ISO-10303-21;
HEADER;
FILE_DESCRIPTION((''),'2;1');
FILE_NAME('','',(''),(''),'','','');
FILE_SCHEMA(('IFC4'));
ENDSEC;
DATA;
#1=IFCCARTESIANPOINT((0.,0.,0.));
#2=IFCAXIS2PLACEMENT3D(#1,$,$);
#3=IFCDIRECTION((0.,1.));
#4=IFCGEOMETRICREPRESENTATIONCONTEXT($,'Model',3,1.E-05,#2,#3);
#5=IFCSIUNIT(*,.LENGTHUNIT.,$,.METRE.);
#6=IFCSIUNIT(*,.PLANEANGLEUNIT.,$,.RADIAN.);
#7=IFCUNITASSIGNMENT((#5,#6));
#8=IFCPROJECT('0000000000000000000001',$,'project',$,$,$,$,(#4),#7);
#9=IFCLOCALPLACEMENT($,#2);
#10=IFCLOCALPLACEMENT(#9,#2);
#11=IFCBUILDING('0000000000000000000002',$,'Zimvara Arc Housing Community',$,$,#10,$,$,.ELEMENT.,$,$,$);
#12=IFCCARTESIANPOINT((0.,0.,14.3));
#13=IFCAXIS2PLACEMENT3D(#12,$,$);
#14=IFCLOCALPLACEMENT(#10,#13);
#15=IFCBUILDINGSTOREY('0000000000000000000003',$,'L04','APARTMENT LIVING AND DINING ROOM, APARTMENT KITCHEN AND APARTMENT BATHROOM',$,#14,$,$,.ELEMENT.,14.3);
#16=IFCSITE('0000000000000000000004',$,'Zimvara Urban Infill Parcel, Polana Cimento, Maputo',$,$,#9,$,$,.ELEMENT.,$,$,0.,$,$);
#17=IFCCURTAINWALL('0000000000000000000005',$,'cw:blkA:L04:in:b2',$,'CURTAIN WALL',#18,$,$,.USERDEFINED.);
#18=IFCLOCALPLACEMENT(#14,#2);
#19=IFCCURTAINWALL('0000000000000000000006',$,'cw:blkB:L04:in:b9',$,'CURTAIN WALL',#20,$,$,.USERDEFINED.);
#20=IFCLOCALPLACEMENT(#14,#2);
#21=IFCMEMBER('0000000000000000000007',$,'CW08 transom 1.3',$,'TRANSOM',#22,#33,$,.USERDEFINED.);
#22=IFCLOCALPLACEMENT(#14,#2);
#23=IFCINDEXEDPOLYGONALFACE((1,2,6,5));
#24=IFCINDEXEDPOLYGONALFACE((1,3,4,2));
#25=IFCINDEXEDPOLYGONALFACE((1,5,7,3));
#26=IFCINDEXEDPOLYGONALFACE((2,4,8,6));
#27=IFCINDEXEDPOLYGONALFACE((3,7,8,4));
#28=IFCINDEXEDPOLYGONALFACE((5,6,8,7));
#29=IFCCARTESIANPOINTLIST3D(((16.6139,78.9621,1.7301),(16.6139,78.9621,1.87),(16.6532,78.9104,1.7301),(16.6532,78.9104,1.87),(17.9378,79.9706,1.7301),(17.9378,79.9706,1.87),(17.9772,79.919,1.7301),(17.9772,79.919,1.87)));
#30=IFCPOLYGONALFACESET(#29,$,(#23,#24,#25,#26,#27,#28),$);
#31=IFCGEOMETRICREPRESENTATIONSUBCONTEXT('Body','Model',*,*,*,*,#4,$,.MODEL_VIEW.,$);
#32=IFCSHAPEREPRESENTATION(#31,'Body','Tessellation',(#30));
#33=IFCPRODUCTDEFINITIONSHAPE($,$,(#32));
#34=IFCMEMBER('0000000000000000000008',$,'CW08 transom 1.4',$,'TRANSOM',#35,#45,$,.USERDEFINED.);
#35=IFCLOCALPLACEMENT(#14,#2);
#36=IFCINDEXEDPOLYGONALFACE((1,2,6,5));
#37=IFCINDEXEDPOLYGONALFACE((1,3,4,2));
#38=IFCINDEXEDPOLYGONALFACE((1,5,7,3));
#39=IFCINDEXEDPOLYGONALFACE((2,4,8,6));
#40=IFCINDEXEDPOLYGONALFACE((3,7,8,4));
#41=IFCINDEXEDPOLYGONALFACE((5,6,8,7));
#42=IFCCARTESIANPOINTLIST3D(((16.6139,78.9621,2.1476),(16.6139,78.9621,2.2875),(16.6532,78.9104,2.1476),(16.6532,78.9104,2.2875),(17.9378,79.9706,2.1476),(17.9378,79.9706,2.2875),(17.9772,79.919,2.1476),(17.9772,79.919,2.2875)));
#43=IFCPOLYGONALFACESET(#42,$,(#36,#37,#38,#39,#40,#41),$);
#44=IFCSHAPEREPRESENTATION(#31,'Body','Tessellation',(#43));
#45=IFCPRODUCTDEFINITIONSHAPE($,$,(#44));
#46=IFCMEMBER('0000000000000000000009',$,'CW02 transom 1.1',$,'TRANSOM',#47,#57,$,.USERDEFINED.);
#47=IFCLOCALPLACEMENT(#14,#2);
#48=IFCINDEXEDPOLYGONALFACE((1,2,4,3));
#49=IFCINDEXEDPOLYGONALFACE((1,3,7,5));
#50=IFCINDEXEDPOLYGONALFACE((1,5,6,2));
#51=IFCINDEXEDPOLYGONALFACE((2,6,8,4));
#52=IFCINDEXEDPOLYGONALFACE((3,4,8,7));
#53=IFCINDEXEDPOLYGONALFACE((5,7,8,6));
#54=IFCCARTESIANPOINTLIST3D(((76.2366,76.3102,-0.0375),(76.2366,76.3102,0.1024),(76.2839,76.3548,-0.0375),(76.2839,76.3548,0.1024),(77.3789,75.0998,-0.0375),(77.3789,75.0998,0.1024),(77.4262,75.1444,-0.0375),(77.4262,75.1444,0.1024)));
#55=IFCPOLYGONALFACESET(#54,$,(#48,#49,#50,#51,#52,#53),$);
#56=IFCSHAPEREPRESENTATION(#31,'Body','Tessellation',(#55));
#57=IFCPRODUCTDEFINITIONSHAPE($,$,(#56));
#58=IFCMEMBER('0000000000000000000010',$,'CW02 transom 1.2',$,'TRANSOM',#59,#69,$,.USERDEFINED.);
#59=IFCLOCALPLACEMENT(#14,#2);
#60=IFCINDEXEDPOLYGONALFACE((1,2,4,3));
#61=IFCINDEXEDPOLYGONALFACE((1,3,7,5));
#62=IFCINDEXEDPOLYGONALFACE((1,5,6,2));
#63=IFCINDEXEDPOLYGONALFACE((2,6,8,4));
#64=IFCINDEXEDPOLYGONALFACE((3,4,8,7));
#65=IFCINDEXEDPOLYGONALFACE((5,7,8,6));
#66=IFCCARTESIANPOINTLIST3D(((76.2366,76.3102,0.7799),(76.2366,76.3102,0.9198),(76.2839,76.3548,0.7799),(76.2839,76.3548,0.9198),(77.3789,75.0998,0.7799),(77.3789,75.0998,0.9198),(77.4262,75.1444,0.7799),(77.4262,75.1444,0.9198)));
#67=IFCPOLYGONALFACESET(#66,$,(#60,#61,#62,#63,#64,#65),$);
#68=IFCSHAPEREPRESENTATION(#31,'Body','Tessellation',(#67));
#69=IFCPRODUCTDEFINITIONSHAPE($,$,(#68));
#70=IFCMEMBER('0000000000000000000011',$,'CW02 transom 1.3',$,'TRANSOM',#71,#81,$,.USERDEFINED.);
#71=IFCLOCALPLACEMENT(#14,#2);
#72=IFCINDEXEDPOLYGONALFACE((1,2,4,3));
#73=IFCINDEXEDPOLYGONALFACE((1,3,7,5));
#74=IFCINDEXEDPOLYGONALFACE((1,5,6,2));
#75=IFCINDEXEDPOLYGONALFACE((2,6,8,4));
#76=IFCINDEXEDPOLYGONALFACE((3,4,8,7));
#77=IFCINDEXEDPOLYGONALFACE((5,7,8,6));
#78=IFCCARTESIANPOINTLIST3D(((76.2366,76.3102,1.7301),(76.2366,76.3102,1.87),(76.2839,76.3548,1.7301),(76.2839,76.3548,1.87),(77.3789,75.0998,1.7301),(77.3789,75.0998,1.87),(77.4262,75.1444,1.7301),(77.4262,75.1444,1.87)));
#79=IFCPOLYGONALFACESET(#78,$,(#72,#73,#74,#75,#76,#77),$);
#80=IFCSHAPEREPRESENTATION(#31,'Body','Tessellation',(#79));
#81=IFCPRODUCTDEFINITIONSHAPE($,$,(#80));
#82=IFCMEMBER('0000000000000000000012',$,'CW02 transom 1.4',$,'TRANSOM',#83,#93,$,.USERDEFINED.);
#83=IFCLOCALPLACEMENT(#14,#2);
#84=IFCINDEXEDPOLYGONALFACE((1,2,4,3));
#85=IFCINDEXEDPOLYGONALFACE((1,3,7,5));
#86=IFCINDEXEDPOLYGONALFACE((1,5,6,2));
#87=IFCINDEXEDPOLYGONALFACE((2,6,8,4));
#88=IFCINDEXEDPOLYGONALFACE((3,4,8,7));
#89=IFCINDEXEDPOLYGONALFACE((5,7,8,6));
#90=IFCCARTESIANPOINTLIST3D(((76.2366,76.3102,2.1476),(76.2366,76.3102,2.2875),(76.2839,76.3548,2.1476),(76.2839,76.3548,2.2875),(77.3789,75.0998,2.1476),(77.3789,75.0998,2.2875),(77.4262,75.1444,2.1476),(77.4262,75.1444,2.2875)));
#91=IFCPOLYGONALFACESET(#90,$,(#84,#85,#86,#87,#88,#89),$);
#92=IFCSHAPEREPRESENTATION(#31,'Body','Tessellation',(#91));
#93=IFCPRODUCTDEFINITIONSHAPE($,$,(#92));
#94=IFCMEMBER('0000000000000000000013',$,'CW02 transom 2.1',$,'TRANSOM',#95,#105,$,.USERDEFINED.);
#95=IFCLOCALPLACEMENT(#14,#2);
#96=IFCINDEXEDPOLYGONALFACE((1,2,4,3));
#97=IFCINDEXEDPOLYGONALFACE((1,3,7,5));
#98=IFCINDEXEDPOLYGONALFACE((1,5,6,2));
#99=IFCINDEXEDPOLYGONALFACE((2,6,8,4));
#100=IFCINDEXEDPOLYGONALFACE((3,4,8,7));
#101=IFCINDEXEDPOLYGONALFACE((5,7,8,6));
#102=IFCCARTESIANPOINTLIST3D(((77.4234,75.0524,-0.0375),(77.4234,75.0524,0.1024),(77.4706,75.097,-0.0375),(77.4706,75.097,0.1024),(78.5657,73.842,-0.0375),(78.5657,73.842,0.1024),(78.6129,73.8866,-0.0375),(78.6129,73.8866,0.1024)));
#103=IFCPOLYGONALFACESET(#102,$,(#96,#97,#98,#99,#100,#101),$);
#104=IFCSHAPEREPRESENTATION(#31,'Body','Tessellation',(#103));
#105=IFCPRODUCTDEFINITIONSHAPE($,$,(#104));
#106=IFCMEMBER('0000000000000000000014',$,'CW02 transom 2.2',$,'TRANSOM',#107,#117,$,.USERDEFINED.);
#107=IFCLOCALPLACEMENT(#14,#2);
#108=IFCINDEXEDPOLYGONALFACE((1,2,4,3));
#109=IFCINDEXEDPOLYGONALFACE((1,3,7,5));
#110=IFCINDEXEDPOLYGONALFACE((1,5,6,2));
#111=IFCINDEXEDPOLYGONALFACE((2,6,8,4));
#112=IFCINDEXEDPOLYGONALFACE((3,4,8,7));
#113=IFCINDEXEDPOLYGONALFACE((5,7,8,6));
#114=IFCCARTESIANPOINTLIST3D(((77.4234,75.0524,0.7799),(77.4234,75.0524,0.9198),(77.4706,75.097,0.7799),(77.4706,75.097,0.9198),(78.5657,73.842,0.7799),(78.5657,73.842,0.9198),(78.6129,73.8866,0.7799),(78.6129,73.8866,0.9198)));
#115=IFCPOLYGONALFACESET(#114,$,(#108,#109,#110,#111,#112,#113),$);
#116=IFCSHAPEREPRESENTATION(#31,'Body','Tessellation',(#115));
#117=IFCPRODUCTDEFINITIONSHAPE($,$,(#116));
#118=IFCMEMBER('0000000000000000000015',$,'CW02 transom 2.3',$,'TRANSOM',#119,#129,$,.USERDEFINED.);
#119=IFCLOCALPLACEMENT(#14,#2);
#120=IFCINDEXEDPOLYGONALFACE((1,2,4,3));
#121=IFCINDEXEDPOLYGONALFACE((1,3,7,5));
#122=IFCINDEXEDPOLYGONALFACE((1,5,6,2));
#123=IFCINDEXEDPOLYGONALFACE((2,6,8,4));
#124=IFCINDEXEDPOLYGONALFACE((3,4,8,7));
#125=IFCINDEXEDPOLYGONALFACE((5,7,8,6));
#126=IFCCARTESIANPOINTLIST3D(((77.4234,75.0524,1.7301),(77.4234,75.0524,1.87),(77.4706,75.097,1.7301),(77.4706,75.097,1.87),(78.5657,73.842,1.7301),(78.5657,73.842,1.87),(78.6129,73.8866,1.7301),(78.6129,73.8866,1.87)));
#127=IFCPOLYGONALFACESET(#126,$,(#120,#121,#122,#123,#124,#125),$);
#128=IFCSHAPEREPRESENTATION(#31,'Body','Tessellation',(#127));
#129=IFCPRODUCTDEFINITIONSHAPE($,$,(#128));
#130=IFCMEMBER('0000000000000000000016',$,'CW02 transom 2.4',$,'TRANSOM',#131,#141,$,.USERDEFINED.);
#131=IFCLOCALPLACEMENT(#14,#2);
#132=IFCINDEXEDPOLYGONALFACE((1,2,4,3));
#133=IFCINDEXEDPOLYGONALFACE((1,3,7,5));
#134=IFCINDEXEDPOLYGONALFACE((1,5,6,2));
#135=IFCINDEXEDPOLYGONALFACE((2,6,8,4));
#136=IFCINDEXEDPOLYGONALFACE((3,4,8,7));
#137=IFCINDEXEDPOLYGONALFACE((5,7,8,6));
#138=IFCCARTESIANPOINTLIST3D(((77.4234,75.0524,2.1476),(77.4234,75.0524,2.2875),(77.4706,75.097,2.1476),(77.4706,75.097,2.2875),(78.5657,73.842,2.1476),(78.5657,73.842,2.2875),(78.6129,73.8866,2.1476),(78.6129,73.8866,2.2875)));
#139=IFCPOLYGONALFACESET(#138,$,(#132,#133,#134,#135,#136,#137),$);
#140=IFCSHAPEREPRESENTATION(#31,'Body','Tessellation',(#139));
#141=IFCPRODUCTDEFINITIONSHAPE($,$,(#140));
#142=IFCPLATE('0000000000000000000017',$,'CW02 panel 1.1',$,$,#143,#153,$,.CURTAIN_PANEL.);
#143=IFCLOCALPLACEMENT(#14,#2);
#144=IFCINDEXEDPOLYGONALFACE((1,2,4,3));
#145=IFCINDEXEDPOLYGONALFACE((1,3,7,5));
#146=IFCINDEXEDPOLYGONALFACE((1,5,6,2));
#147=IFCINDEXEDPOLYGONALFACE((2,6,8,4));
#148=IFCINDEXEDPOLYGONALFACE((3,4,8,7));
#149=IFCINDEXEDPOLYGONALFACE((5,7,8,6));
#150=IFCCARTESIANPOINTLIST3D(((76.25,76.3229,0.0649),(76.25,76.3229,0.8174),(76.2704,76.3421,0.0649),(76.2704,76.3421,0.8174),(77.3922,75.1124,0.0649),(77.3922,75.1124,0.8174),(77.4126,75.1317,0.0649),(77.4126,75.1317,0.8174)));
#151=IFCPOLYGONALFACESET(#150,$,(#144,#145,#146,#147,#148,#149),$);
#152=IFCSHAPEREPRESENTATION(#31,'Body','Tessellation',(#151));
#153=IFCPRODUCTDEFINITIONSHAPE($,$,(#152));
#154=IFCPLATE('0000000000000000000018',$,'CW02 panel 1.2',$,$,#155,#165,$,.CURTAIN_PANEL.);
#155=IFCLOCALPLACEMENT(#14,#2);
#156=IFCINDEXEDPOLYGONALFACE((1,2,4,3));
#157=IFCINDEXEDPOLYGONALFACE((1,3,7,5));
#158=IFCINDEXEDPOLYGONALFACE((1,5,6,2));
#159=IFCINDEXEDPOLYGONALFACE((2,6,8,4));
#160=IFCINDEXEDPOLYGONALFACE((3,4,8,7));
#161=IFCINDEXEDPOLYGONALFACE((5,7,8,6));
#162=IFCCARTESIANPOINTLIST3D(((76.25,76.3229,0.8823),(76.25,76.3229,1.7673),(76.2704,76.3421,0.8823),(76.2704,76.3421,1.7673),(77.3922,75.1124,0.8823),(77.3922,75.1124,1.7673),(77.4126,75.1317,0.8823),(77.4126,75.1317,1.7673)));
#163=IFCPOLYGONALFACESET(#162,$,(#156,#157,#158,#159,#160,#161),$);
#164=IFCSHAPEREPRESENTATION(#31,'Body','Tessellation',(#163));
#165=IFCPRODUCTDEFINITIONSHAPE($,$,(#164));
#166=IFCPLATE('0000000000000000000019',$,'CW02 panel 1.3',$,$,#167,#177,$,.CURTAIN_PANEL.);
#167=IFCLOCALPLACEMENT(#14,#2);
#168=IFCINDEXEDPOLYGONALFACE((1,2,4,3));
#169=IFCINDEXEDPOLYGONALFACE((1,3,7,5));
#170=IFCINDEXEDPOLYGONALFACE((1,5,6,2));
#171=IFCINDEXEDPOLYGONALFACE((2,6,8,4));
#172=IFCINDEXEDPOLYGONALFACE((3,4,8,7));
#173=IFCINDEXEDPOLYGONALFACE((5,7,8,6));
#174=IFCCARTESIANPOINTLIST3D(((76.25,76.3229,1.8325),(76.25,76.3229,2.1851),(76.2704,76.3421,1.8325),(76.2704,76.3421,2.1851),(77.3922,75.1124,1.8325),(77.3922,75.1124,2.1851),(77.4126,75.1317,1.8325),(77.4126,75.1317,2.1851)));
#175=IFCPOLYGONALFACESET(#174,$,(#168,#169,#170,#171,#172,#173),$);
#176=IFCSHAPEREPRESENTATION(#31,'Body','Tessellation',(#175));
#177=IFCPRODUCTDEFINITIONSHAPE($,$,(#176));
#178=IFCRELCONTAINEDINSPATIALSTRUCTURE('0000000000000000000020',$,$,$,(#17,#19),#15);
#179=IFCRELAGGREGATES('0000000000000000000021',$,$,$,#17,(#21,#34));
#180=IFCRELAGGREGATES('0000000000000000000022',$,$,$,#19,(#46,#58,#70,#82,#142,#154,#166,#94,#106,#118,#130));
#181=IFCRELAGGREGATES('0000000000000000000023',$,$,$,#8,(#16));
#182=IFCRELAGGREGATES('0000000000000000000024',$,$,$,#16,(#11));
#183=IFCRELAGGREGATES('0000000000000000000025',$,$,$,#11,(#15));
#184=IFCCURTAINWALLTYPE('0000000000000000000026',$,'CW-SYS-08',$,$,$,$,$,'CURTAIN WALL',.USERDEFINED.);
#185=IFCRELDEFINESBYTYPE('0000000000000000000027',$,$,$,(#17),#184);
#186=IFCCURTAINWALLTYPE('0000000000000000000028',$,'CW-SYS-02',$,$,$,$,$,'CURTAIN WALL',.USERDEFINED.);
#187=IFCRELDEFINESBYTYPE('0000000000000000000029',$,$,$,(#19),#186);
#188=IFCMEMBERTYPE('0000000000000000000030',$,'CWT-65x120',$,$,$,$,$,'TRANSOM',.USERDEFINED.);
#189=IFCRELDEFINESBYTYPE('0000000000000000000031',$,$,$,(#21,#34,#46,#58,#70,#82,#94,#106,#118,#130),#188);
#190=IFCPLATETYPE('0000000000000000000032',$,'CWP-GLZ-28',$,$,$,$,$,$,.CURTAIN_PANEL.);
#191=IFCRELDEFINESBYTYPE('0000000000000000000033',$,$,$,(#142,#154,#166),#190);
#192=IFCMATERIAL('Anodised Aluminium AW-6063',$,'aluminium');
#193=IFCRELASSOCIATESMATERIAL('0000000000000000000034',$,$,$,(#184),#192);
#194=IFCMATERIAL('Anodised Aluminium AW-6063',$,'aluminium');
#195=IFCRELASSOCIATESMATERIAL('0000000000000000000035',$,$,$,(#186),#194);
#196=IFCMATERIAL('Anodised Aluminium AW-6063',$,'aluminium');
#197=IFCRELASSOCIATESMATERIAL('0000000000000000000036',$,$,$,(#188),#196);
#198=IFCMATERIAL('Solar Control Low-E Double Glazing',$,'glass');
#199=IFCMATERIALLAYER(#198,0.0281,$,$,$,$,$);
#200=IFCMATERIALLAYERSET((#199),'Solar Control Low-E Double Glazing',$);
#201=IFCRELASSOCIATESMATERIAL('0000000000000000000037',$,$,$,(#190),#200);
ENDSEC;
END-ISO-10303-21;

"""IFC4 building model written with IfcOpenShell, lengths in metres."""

from ifc_helpers import new_model, si_unit, direction, frame, origin, origin_2d, place, context, subcontext, project, spatial, rectangle, extrude, material, layer, layer_set, material_profile, profile_set, type_object, element, aggregate, save


model = new_model("IFC4")

# Units and contexts
model_context = context("Model", 3, precision=1e-05, world=origin(), true_north=direction((0.0, 1.0)))
body_context = subcontext(model_context, "Body", "Model", "MODEL_VIEW")
ifc_project = project(units=[si_unit("LENGTHUNIT", "METRE"), si_unit("PLANEANGLEUNIT", "RADIAN")], contexts=[model_context])

# Site, building, storey
site_placement = place(None, origin())
site = spatial("IfcSite", under=ifc_project, at=site_placement, Name="Zimvara Urban Infill Parcel, Polana Cimento, Maputo", CompositionType="ELEMENT", RefElevation=0.0)
building_placement = place(site_placement, origin())
building = spatial("IfcBuilding", under=site, at=building_placement, Name="Zimvara Arc Housing Community", CompositionType="ELEMENT")
storey_placement = place(building_placement, frame((0.0, 0.0, 14.3)))
storey = spatial("IfcBuildingStorey", under=building, at=storey_placement, Name="L04", Description="APARTMENT LIVING AND DINING ROOM, APARTMENT KITCHEN AND APARTMENT BATHROOM", CompositionType="ELEMENT", Elevation=14.3)

# Curtain wall
ifc_material_1 = material(Name="Anodised Aluminium AW-6063", Category="aluminium")
curtain_wall_type_1 = type_object("IfcCurtainWallType", Name="CW-SYS-08", ElementType="CURTAIN WALL", PredefinedType="USERDEFINED", material=ifc_material_1)
curtain_wall_1_placement = place(storey_placement, origin())
curtain_wall_1 = element("IfcCurtainWall", 1, at=curtain_wall_1_placement, inside=storey, type_object=curtain_wall_type_1, Name="cw:blkA:L04:in:b2", ObjectType="CURTAIN WALL", PredefinedType="USERDEFINED")

# Curtain wall
ifc_material_2 = material(Name="Anodised Aluminium AW-6063", Category="aluminium")
curtain_wall_type_2 = type_object("IfcCurtainWallType", Name="CW-SYS-02", ElementType="CURTAIN WALL", PredefinedType="USERDEFINED", material=ifc_material_2)
curtain_wall_2_placement = place(storey_placement, origin())
curtain_wall_2 = element("IfcCurtainWall", 2, at=curtain_wall_2_placement, inside=storey, type_object=curtain_wall_type_2, Name="cw:blkB:L04:in:b9", ObjectType="CURTAIN WALL", PredefinedType="USERDEFINED")

# Members
ifc_material_3 = material(Name="Anodised Aluminium AW-6063", Category="aluminium")
ifc_material_profile_1 = material_profile(ifc_material_3, rectangle(XDim=0.0649, YDim=0.1399, at=origin_2d()), Name="ALU 65x140")
ifc_profile_set_1 = profile_set([ifc_material_profile_1], Name="Anodised Aluminium AW-6063")
member_type_1 = type_object("IfcMemberType", Name="CWT-65x120", ElementType="TRANSOM", PredefinedType="USERDEFINED", material=ifc_profile_set_1)
member_1_placement = place(storey_placement, frame((16.6335, 78.9363, 1.8), z_axis=(0.795489, 0.605968, 0.0), x_axis=(-0.605968, 0.795489, 0.0)))
member_1 = element("IfcMember", 3, at=member_1_placement, type_object=member_type_1, Name="CW08 transom 1.3", ObjectType="TRANSOM", PredefinedType="USERDEFINED", context=body_context, shape_type="SweptSolid", body=[
    extrude(rectangle(XDim=0.0649, YDim=0.1399, at=origin_2d()), origin(), (0.0, 0.0, 1.0), 1.6643),
])
member_2_placement = place(storey_placement, frame((16.6335, 78.9363, 2.2175), z_axis=(0.795489, 0.605968, 0.0), x_axis=(-0.605968, 0.795489, 0.0)))
member_2 = element("IfcMember", 4, at=member_2_placement, type_object=member_type_1, Name="CW08 transom 1.4", ObjectType="TRANSOM", PredefinedType="USERDEFINED", context=body_context, shape_type="SweptSolid", body=[
    extrude(rectangle(XDim=0.0649, YDim=0.1399, at=origin_2d()), origin(), (0.0, 0.0, 1.0), 1.6643),
])
aggregate(curtain_wall_1, [member_1, member_2])
member_3_placement = place(storey_placement, frame((76.2603, 76.3325, 0.0325), z_axis=(0.686348, -0.727273, 0.0), x_axis=(0.727273, 0.686348, 0.0)))
member_3 = element("IfcMember", 5, at=member_3_placement, type_object=member_type_1, Name="CW02 transom 1.1", ObjectType="TRANSOM", PredefinedType="USERDEFINED", context=body_context, shape_type="SweptSolid", body=[
    extrude(rectangle(XDim=0.0649, YDim=0.1399, at=origin_2d()), origin(), (0.0, 0.0, 1.0), 1.6643),
])
member_4_placement = place(storey_placement, frame((76.2603, 76.3325, 0.8499), z_axis=(0.686348, -0.727273, 0.0), x_axis=(0.727273, 0.686348, 0.0)))
member_4 = element("IfcMember", 6, at=member_4_placement, type_object=member_type_1, Name="CW02 transom 1.2", ObjectType="TRANSOM", PredefinedType="USERDEFINED", context=body_context, shape_type="SweptSolid", body=[
    extrude(rectangle(XDim=0.0649, YDim=0.1399, at=origin_2d()), origin(), (0.0, 0.0, 1.0), 1.6643),
])
member_5_placement = place(storey_placement, frame((76.2603, 76.3325, 1.8), z_axis=(0.686348, -0.727273, 0.0), x_axis=(0.727273, 0.686348, 0.0)))
member_5 = element("IfcMember", 7, at=member_5_placement, type_object=member_type_1, Name="CW02 transom 1.3", ObjectType="TRANSOM", PredefinedType="USERDEFINED", context=body_context, shape_type="SweptSolid", body=[
    extrude(rectangle(XDim=0.0649, YDim=0.1399, at=origin_2d()), origin(), (0.0, 0.0, 1.0), 1.6643),
])
member_6_placement = place(storey_placement, frame((76.2603, 76.3325, 2.2175), z_axis=(0.686348, -0.727273, 0.0), x_axis=(0.727273, 0.686348, 0.0)))
member_6 = element("IfcMember", 8, at=member_6_placement, type_object=member_type_1, Name="CW02 transom 1.4", ObjectType="TRANSOM", PredefinedType="USERDEFINED", context=body_context, shape_type="SweptSolid", body=[
    extrude(rectangle(XDim=0.0649, YDim=0.1399, at=origin_2d()), origin(), (0.0, 0.0, 1.0), 1.6643),
])
member_7_placement = place(storey_placement, frame((77.447, 75.0747, 0.0325), z_axis=(0.686348, -0.727273, 0.0), x_axis=(0.727273, 0.686348, 0.0)))
member_7 = element("IfcMember", 9, at=member_7_placement, type_object=member_type_1, Name="CW02 transom 2.1", ObjectType="TRANSOM", PredefinedType="USERDEFINED", context=body_context, shape_type="SweptSolid", body=[
    extrude(rectangle(XDim=0.0649, YDim=0.1399, at=origin_2d()), origin(), (0.0, 0.0, 1.0), 1.6643),
])
member_8_placement = place(storey_placement, frame((77.447, 75.0747, 0.8499), z_axis=(0.686348, -0.727273, 0.0), x_axis=(0.727273, 0.686348, 0.0)))
member_8 = element("IfcMember", 10, at=member_8_placement, type_object=member_type_1, Name="CW02 transom 2.2", ObjectType="TRANSOM", PredefinedType="USERDEFINED", context=body_context, shape_type="SweptSolid", body=[
    extrude(rectangle(XDim=0.0649, YDim=0.1399, at=origin_2d()), origin(), (0.0, 0.0, 1.0), 1.6643),
])
member_9_placement = place(storey_placement, frame((77.447, 75.0747, 1.8), z_axis=(0.686348, -0.727273, 0.0), x_axis=(0.727273, 0.686348, 0.0)))
member_9 = element("IfcMember", 11, at=member_9_placement, type_object=member_type_1, Name="CW02 transom 2.3", ObjectType="TRANSOM", PredefinedType="USERDEFINED", context=body_context, shape_type="SweptSolid", body=[
    extrude(rectangle(XDim=0.0649, YDim=0.1399, at=origin_2d()), origin(), (0.0, 0.0, 1.0), 1.6643),
])
member_10_placement = place(storey_placement, frame((77.447, 75.0747, 2.2175), z_axis=(0.686348, -0.727273, 0.0), x_axis=(0.727273, 0.686348, 0.0)))
member_10 = element("IfcMember", 12, at=member_10_placement, type_object=member_type_1, Name="CW02 transom 2.4", ObjectType="TRANSOM", PredefinedType="USERDEFINED", context=body_context, shape_type="SweptSolid", body=[
    extrude(rectangle(XDim=0.0649, YDim=0.1399, at=origin_2d()), origin(), (0.0, 0.0, 1.0), 1.6643),
])

# Plates
ifc_material_4 = material(Name="Solar Control Low-E Double Glazing", Category="glass")
ifc_layer_1 = layer(ifc_material_4, 0.0281)
ifc_layer_set_1 = layer_set([ifc_layer_1], Name="Solar Control Low-E Double Glazing")
plate_type = type_object("IfcPlateType", Name="CWP-GLZ-28", PredefinedType="CURTAIN_PANEL", material=ifc_layer_set_1)
plate_1_placement = place(storey_placement, frame((76.8313, 75.7273, 0.0649), z_axis=(0.0, 0.0, 1.0), x_axis=(0.686327, -0.727293, 0.0)))
plate_1 = element("IfcPlate", 13, at=plate_1_placement, type_object=plate_type, Name="CW02 panel 1.1", PredefinedType="CURTAIN_PANEL", context=body_context, shape_type="SweptSolid", body=[
    extrude(rectangle(XDim=1.6643, YDim=0.0281, at=origin_2d()), origin(), (0.0, 0.0, 1.0), 0.7524),
])
plate_2_placement = place(storey_placement, frame((76.8313, 75.7273, 0.8823), z_axis=(0.0, 0.0, 1.0), x_axis=(0.686327, -0.727293, 0.0)))
plate_2 = element("IfcPlate", 14, at=plate_2_placement, type_object=plate_type, Name="CW02 panel 1.2", PredefinedType="CURTAIN_PANEL", context=body_context, shape_type="SweptSolid", body=[
    extrude(rectangle(XDim=1.6643, YDim=0.0281, at=origin_2d()), origin(), (0.0, 0.0, 1.0), 0.885),
])
plate_3_placement = place(storey_placement, frame((76.8313, 75.7273, 1.8325), z_axis=(0.0, 0.0, 1.0), x_axis=(0.686327, -0.727293, 0.0)))
plate_3 = element("IfcPlate", 15, at=plate_3_placement, type_object=plate_type, Name="CW02 panel 1.3", PredefinedType="CURTAIN_PANEL", context=body_context, shape_type="SweptSolid", body=[
    extrude(rectangle(XDim=1.6643, YDim=0.0281, at=origin_2d()), origin(), (0.0, 0.0, 1.0), 0.3525),
])
aggregate(curtain_wall_2, [member_3, member_4, member_5, member_6, plate_1, plate_2, plate_3, member_7, member_8, member_9, member_10])

save(model, "model.ifc")
